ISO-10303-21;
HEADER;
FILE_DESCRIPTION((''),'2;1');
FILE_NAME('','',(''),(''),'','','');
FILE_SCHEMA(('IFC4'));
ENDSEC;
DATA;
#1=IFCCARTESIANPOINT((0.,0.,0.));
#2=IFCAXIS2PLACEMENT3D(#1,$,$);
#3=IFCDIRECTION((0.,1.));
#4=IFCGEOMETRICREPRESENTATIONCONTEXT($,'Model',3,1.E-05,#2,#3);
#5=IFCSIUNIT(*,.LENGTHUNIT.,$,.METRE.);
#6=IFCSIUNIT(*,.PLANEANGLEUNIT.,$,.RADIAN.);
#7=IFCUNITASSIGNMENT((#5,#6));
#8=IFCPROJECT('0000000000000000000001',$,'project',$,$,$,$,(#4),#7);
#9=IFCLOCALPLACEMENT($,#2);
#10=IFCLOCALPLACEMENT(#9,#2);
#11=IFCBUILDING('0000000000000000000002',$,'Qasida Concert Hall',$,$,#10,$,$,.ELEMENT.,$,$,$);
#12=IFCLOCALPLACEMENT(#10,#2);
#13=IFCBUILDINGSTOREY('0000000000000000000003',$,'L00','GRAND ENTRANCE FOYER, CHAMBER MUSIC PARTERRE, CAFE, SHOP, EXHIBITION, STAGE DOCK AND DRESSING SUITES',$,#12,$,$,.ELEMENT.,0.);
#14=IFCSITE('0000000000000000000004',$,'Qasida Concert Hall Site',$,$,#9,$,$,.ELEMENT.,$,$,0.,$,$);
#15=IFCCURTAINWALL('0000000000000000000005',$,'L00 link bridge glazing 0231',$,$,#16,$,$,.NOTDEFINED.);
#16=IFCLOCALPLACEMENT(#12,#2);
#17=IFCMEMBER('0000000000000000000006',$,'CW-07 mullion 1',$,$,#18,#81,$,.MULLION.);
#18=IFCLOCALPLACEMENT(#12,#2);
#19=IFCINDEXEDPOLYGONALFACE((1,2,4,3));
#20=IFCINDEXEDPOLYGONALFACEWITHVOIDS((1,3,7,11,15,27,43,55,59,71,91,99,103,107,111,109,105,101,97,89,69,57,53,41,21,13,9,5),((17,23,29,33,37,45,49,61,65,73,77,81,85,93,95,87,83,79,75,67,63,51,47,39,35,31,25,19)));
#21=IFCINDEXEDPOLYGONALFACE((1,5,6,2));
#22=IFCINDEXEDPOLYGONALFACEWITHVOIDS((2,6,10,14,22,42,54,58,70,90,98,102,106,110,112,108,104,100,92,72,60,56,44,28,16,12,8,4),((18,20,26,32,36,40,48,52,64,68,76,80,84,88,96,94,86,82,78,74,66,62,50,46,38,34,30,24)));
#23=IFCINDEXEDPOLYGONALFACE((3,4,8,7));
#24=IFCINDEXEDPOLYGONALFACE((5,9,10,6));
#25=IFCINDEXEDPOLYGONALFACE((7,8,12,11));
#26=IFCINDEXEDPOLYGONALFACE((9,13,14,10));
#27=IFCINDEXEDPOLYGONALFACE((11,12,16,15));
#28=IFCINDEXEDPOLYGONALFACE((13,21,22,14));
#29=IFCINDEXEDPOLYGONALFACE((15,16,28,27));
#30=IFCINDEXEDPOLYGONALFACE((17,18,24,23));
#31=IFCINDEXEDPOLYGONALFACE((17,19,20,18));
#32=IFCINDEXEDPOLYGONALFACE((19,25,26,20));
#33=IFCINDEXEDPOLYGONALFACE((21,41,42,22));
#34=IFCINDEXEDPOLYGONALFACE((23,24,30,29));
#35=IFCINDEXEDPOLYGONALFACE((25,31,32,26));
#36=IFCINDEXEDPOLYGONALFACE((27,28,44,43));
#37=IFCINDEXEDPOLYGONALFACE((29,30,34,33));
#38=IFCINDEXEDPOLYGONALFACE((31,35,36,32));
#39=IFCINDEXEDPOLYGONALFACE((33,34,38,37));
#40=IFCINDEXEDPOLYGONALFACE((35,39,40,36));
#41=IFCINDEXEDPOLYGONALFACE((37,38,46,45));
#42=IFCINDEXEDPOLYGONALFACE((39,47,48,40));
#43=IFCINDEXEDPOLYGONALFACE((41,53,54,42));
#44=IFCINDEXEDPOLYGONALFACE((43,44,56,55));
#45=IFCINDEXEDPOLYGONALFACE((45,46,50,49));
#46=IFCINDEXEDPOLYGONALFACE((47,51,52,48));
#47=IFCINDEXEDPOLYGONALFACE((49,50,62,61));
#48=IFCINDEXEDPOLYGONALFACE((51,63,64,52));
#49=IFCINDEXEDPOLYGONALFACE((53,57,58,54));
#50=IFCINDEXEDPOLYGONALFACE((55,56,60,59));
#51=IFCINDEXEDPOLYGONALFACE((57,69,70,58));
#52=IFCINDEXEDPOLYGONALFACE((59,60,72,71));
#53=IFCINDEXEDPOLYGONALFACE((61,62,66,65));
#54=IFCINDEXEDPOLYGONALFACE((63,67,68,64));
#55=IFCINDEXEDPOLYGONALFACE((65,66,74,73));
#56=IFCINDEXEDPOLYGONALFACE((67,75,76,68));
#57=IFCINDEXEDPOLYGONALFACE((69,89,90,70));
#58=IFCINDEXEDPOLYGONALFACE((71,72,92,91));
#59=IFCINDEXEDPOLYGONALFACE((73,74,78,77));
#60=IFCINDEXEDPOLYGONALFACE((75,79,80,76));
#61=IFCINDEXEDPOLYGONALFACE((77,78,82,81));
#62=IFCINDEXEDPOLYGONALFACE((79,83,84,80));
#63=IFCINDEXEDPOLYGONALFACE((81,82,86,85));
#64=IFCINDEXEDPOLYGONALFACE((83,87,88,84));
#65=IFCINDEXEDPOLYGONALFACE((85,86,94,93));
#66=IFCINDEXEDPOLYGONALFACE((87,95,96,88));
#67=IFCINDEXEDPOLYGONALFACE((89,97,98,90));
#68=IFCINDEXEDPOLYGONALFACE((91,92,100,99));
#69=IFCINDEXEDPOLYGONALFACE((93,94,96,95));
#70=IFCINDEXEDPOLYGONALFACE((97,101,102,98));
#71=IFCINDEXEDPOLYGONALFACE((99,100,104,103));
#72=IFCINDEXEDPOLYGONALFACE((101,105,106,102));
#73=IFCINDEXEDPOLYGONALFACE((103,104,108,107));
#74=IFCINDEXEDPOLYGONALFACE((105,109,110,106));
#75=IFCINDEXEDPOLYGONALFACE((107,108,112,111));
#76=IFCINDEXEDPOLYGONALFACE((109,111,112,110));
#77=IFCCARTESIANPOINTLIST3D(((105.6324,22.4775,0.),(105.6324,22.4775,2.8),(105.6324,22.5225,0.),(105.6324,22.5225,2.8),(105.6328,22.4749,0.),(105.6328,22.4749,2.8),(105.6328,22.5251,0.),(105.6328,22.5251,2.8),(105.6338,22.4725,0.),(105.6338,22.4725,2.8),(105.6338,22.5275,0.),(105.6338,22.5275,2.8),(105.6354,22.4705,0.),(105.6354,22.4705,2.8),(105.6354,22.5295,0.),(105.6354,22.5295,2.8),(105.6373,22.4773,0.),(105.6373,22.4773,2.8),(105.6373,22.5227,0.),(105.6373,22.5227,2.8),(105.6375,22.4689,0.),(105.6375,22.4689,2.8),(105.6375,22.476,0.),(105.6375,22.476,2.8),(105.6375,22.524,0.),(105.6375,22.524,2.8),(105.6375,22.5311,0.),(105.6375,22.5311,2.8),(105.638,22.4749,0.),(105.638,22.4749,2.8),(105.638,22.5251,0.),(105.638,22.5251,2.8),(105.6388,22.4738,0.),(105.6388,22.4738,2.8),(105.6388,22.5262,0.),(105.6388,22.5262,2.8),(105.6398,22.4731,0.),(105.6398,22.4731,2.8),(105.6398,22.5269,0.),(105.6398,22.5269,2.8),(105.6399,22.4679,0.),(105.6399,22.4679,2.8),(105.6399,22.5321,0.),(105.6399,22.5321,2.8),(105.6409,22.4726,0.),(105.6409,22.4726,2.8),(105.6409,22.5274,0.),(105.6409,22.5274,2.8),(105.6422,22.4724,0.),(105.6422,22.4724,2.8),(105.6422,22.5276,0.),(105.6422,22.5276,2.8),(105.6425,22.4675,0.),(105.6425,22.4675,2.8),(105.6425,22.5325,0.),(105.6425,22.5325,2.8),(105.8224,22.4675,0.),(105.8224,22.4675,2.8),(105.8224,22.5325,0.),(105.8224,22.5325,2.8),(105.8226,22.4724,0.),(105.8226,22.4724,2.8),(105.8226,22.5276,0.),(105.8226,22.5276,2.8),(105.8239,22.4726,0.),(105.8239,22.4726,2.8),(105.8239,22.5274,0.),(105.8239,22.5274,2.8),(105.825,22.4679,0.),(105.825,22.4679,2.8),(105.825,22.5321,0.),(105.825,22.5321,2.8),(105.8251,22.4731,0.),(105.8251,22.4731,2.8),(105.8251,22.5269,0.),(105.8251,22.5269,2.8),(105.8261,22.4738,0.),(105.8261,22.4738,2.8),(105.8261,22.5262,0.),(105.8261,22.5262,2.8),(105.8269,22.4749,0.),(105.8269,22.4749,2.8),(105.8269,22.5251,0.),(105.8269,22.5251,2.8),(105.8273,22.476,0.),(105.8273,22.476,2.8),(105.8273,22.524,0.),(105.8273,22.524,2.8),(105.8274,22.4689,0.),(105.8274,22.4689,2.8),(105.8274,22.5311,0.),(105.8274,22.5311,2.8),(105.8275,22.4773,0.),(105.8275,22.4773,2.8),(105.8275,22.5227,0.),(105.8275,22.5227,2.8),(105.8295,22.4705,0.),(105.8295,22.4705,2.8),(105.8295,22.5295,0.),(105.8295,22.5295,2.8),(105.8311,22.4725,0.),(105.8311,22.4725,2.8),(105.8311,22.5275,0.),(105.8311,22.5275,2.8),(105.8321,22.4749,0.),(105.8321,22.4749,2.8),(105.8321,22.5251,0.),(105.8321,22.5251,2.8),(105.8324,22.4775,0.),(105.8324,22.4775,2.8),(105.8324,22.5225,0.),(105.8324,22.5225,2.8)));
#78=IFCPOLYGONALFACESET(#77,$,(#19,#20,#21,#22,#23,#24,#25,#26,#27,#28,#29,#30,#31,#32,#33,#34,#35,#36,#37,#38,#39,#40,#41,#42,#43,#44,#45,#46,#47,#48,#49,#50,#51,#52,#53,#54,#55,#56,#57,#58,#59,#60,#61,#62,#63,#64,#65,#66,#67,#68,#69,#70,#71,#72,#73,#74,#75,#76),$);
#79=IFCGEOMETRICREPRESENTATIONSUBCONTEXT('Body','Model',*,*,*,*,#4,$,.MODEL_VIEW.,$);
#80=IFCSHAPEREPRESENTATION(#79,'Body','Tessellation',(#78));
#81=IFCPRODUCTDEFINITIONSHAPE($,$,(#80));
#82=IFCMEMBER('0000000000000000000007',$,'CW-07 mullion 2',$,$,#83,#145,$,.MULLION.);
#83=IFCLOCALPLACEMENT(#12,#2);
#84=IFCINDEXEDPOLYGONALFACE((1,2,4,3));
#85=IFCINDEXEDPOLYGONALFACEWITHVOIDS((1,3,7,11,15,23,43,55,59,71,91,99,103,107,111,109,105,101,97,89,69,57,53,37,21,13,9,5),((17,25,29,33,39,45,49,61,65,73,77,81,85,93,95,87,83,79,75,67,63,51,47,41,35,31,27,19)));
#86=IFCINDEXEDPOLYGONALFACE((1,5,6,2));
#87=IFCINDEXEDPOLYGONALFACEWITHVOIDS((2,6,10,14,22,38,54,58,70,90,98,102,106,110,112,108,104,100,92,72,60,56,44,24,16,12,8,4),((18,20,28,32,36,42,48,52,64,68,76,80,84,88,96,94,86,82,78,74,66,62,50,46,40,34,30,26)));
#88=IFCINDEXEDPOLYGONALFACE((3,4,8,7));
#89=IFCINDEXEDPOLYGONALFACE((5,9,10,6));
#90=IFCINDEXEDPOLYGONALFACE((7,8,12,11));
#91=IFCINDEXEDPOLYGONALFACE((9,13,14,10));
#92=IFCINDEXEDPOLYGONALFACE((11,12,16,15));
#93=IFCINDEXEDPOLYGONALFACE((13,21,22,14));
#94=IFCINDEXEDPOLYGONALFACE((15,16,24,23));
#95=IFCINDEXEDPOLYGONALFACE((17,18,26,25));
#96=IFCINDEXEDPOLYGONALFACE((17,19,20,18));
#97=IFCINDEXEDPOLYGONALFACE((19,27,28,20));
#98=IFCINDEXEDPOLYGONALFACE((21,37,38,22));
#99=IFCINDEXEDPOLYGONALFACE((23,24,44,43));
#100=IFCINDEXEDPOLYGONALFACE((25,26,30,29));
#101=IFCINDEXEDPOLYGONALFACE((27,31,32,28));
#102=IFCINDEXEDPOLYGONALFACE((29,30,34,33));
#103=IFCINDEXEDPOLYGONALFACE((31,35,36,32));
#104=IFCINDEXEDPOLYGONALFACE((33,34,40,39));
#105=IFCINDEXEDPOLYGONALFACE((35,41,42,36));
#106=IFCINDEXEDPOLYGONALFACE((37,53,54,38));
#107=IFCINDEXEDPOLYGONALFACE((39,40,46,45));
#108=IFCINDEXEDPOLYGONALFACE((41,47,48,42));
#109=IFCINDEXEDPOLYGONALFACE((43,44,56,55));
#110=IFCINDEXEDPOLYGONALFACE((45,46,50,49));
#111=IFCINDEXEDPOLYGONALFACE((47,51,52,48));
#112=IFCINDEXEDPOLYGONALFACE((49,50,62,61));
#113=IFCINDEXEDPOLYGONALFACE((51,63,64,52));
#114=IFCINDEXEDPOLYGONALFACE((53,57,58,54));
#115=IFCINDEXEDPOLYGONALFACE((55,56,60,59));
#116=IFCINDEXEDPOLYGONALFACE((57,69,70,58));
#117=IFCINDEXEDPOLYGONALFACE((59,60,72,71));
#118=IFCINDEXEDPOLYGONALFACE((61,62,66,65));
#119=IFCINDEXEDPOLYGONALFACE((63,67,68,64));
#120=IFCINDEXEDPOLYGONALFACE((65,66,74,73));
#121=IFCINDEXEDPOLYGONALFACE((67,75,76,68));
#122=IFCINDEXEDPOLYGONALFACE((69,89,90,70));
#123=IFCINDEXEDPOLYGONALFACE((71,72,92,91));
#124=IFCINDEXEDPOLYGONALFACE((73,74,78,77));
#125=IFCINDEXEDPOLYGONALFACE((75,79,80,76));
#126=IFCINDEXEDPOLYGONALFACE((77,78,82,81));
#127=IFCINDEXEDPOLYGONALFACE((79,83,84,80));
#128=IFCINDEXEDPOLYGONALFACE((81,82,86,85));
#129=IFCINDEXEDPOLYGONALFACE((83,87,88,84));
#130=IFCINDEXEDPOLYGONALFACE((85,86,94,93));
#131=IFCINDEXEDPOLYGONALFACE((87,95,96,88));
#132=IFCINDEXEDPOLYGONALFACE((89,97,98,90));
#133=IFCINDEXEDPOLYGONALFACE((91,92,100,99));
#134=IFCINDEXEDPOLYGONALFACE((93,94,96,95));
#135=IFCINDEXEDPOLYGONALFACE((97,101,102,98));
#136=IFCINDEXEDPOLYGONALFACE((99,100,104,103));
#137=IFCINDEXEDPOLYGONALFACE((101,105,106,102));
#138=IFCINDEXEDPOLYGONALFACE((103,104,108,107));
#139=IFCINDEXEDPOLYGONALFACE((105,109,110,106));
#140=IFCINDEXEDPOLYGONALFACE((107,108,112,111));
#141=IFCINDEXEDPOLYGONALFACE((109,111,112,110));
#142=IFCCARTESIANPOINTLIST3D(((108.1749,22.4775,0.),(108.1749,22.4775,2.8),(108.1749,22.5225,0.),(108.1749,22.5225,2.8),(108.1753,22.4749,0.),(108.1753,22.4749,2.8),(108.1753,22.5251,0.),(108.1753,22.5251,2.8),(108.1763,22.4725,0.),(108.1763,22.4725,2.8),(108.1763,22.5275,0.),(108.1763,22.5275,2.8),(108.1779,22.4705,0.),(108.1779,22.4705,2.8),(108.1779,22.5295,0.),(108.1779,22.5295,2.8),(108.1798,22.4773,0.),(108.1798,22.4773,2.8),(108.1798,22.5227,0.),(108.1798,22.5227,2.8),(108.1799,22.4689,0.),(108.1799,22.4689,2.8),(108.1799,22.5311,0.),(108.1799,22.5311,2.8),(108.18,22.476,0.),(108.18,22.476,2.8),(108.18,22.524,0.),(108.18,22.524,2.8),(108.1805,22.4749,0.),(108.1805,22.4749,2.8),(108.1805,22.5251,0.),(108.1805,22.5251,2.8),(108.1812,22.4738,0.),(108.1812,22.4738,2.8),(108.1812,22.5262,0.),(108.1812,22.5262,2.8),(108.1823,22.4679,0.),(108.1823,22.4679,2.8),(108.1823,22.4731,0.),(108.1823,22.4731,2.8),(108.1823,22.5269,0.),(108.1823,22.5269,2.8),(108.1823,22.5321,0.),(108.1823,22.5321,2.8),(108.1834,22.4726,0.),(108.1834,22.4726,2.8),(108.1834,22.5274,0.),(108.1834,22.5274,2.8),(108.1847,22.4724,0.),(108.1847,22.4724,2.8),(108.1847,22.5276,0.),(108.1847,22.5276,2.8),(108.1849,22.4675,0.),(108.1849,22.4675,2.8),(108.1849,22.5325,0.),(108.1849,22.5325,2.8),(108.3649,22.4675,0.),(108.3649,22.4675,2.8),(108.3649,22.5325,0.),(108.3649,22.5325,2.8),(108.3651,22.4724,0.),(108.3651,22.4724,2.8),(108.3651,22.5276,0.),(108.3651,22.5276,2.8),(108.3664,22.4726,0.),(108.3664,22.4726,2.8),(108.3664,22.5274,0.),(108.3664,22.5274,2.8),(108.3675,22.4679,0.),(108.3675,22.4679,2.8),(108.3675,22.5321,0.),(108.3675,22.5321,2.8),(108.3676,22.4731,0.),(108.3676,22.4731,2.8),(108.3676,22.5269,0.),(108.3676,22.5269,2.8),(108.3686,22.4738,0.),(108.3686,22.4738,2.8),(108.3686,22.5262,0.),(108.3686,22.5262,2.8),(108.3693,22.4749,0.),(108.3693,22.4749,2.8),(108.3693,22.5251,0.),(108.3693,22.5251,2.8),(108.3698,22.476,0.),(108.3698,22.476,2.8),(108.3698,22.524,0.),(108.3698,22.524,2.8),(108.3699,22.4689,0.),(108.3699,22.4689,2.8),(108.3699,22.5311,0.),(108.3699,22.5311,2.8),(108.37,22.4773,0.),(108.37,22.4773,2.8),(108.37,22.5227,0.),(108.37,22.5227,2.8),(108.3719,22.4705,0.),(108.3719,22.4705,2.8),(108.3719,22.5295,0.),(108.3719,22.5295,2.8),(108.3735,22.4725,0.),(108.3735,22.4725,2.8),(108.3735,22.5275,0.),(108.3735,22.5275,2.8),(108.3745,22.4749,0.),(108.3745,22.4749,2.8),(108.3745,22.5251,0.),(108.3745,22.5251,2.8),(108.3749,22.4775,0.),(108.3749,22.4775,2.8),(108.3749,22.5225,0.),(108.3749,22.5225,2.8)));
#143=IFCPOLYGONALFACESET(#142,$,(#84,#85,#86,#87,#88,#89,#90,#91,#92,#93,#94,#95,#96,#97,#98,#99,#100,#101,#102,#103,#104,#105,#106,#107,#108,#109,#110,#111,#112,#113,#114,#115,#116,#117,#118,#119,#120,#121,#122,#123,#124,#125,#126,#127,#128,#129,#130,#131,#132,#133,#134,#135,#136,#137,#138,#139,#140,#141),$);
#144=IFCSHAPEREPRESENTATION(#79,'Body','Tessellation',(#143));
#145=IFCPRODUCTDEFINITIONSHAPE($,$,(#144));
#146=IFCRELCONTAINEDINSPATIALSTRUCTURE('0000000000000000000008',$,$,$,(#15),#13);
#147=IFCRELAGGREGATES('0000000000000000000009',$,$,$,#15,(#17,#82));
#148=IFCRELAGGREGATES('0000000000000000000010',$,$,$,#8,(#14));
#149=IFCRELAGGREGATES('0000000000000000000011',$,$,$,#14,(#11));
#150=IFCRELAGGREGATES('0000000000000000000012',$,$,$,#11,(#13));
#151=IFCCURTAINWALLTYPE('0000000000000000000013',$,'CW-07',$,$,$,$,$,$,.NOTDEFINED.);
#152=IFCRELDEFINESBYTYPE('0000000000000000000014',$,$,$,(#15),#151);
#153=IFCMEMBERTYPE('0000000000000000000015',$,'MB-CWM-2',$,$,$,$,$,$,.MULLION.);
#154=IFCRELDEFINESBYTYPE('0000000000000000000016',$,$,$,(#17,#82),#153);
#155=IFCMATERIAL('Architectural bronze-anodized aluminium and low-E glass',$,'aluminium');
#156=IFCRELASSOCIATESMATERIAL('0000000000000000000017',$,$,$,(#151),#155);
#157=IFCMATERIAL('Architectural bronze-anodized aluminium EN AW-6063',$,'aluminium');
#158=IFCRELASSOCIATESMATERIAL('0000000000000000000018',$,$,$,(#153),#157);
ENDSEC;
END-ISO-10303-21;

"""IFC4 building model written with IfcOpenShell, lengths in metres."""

from ifc_helpers import new_model, si_unit, direction, frame, origin, origin_2d, place, context, subcontext, project, spatial, hollow_rectangle, extrude, material, material_profile, profile_set, type_object, element, aggregate, save


model = new_model("IFC4")

# Units and contexts
model_context = context("Model", 3, precision=1e-05, world=origin(), true_north=direction((0.0, 1.0)))
body_context = subcontext(model_context, "Body", "Model", "MODEL_VIEW")
ifc_project = project(units=[si_unit("LENGTHUNIT", "METRE"), si_unit("PLANEANGLEUNIT", "RADIAN")], contexts=[model_context])

# Site, building, storey
site_placement = place(None, origin())
site = spatial("IfcSite", under=ifc_project, at=site_placement, Name="Qasida Concert Hall Site", CompositionType="ELEMENT", RefElevation=0.0)
building_placement = place(site_placement, origin())
building = spatial("IfcBuilding", under=site, at=building_placement, Name="Qasida Concert Hall", CompositionType="ELEMENT")
storey_placement = place(building_placement, origin())
storey = spatial("IfcBuildingStorey", under=building, at=storey_placement, Name="L00", Description="GRAND ENTRANCE FOYER, CHAMBER MUSIC PARTERRE, CAFE, SHOP, EXHIBITION, STAGE DOCK AND DRESSING SUITES", CompositionType="ELEMENT", Elevation=0.0)

# Curtain wall, members
ifc_material_1 = material(Name="Architectural bronze-anodized aluminium and low-E glass", Category="aluminium")
curtain_wall_type = type_object("IfcCurtainWallType", Name="CW-07", PredefinedType="NOTDEFINED", material=ifc_material_1)
curtain_wall_1_placement = place(storey_placement, origin())
curtain_wall_1 = element("IfcCurtainWall", 1, at=curtain_wall_1_placement, inside=storey, type_object=curtain_wall_type, Name="L00 link bridge glazing 0231", PredefinedType="NOTDEFINED")
ifc_material_2 = material(Name="Architectural bronze-anodized aluminium EN AW-6063", Category="aluminium")
ifc_material_profile_1 = material_profile(ifc_material_2, hollow_rectangle(XDim=0.0649, YDim=0.2, WallThickness=0.0049, InnerFilletRadius=0.0049, OuterFilletRadius=0.01, at=origin_2d()), Name="CWM 200x65x5")
ifc_profile_set_1 = profile_set([ifc_material_profile_1], Name="Architectural bronze-anodized aluminium EN AW-6063")
member_type_1 = type_object("IfcMemberType", Name="MB-CWM-2", PredefinedType="MULLION", material=ifc_profile_set_1)
member_1_placement = place(storey_placement, frame((105.7324, 22.5, 0.0), z_axis=(0.0, 0.0, 1.0), x_axis=(0.0, 1.0, 0.0)))
member_1 = element("IfcMember", 2, at=member_1_placement, type_object=member_type_1, Name="CW-07 mullion 1", PredefinedType="MULLION", context=body_context, shape_type="SweptSolid", body=[
    extrude(hollow_rectangle(XDim=0.0649, YDim=0.2, WallThickness=0.0049, InnerFilletRadius=0.0049, OuterFilletRadius=0.01, at=origin_2d()), origin(), (0.0, 0.0, 1.0), 2.8),
])
member_2_placement = place(storey_placement, frame((108.2749, 22.5, 0.0), z_axis=(0.0, 0.0, 1.0), x_axis=(0.0, 1.0, 0.0)))
member_2 = element("IfcMember", 3, at=member_2_placement, type_object=member_type_1, Name="CW-07 mullion 2", PredefinedType="MULLION", context=body_context, shape_type="SweptSolid", body=[
    extrude(hollow_rectangle(XDim=0.0649, YDim=0.2, WallThickness=0.0049, InnerFilletRadius=0.0049, OuterFilletRadius=0.01, at=origin_2d()), origin(), (0.0, 0.0, 1.0), 2.8),
])

aggregate(curtain_wall_1, [member_1, member_2])

save(model, "model.ifc")
